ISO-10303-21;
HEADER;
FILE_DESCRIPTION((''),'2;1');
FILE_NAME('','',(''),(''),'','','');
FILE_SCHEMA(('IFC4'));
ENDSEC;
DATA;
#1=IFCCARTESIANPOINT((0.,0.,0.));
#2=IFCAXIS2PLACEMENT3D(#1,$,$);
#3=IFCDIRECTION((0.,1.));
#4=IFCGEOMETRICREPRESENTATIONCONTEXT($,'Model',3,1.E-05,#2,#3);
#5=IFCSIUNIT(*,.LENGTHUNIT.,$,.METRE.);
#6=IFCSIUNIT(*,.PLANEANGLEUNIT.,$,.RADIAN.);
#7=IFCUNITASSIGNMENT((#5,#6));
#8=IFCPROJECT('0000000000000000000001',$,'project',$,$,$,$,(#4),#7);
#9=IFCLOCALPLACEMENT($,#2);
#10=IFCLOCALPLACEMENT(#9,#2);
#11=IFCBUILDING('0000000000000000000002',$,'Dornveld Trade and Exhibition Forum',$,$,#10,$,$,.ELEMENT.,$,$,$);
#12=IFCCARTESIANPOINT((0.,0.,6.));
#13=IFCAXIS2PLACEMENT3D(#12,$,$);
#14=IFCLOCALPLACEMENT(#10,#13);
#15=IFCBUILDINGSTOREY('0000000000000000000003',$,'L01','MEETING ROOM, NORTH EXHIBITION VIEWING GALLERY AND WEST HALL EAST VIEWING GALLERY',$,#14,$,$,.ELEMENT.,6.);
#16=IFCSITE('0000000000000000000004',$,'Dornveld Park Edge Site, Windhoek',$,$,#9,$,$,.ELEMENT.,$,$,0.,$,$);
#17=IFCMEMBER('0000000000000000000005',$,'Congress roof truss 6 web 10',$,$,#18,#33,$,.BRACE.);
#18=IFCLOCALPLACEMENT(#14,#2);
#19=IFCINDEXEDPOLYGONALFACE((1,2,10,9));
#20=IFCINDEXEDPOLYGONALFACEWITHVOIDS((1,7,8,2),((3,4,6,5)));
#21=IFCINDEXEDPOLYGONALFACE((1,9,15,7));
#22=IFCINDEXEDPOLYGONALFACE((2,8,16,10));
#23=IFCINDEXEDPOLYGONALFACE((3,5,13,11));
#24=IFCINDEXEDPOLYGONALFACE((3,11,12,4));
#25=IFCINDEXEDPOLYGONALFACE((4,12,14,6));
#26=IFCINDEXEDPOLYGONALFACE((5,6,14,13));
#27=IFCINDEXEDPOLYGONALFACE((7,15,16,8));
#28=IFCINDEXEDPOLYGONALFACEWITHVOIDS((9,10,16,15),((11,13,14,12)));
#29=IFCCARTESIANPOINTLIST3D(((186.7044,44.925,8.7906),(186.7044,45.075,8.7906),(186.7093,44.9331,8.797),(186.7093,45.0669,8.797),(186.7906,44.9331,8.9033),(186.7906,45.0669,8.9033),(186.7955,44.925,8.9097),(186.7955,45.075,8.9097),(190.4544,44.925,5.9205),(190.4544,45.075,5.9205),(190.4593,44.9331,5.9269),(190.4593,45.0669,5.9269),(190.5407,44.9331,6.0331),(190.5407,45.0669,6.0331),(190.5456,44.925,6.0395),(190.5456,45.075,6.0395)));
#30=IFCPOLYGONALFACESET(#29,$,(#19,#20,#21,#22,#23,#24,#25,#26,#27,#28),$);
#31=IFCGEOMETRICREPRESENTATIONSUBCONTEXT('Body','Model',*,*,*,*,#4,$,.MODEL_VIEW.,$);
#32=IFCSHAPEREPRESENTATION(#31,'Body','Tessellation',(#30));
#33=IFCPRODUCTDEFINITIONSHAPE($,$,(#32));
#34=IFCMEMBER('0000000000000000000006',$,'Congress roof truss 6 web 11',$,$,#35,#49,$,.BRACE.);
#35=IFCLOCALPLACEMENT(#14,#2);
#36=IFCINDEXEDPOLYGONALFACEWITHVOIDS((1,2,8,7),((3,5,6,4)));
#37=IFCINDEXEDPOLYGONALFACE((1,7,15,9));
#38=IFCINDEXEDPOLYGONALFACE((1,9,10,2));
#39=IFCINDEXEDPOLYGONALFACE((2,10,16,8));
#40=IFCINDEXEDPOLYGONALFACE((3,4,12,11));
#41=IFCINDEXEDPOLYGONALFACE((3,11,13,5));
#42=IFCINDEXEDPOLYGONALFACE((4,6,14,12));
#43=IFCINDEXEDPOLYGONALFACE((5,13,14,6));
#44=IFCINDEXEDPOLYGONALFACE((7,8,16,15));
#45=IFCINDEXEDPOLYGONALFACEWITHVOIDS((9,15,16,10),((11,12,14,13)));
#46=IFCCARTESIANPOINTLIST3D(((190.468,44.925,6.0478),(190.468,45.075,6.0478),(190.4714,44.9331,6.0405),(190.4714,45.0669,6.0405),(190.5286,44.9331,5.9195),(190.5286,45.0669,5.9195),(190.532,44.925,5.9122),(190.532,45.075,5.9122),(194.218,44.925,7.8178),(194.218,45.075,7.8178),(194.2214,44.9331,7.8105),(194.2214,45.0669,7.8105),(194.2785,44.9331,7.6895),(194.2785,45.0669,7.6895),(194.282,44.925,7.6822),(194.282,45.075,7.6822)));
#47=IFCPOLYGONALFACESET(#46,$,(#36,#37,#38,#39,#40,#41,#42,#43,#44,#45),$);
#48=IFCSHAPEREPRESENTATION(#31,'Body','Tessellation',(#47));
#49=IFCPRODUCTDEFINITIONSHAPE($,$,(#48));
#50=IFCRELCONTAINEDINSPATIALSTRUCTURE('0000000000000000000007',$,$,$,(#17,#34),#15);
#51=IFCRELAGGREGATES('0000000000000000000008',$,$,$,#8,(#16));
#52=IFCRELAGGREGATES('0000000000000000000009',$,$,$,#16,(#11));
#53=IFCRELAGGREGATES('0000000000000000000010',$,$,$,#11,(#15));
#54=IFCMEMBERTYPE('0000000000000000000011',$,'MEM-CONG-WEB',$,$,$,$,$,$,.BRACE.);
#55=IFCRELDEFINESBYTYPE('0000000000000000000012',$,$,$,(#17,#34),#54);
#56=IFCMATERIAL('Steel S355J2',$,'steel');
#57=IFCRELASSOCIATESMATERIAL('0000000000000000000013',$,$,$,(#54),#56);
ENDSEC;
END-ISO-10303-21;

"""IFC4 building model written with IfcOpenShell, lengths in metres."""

from ifc_helpers import new_model, si_unit, direction, frame, origin, origin_2d, place, context, subcontext, project, spatial, hollow_rectangle, extrude, material, material_profile, profile_set, type_object, element, save


model = new_model("IFC4")

# Units and contexts
model_context = context("Model", 3, precision=1e-05, world=origin(), true_north=direction((0.0, 1.0)))
body_context = subcontext(model_context, "Body", "Model", "MODEL_VIEW")
ifc_project = project(units=[si_unit("LENGTHUNIT", "METRE"), si_unit("PLANEANGLEUNIT", "RADIAN")], contexts=[model_context])

# Site, building, storey
site_placement = place(None, origin())
site = spatial("IfcSite", under=ifc_project, at=site_placement, Name="Dornveld Park Edge Site, Windhoek", CompositionType="ELEMENT", RefElevation=0.0)
building_placement = place(site_placement, origin())
building = spatial("IfcBuilding", under=site, at=building_placement, Name="Dornveld Trade and Exhibition Forum", CompositionType="ELEMENT")
storey_placement = place(building_placement, frame((0.0, 0.0, 6.0)))
storey = spatial("IfcBuildingStorey", under=building, at=storey_placement, Name="L01", Description="MEETING ROOM, NORTH EXHIBITION VIEWING GALLERY AND WEST HALL EAST VIEWING GALLERY", CompositionType="ELEMENT", Elevation=6.0)

# Members
ifc_material_1 = material(Name="Steel S355J2", Category="steel")
ifc_material_profile_1 = material_profile(ifc_material_1, hollow_rectangle(XDim=0.1499, YDim=0.1499, WallThickness=0.0081, at=origin_2d()), Name="SHS 150x150x8")
ifc_profile_set_1 = profile_set([ifc_material_profile_1], Name="Steel S355J2")
member_type_1 = type_object("IfcMemberType", Name="MEM-CONG-WEB", PredefinedType="BRACE", material=ifc_profile_set_1)
for number, where, z_axis, x_axis, name in (
    (1, (190.5, 45.0, 5.98), (-0.794105, 0.0, 0.60778), (0.0, -1.0, 0.0), "Congress roof truss 6 web 10"),
):
    element("IfcMember", number, at=place(storey_placement, frame(where, z_axis=z_axis, x_axis=x_axis)), inside=storey, type_object=member_type_1, Name=name, PredefinedType="BRACE", context=body_context, shape_type="SweptSolid", body=[
        extrude(hollow_rectangle(XDim=0.1499, YDim=0.1499, WallThickness=0.0081, at=origin_2d()), origin(), (0.0, 0.0, 1.0), 4.7224),
    ])
member_1_placement = place(storey_placement, frame((190.5, 45.0, 5.98), z_axis=(0.904324, 0.0, 0.426846), x_axis=(0.0, 1.0, 0.0)))
element("IfcMember", 2, at=member_1_placement, inside=storey, type_object=member_type_1, Name="Congress roof truss 6 web 11", PredefinedType="BRACE", context=body_context, shape_type="SweptSolid", body=[
    extrude(hollow_rectangle(XDim=0.1499, YDim=0.1499, WallThickness=0.0081, at=origin_2d()), origin(), (0.0, 0.0, 1.0), 4.1467),
])

save(model, "model.ifc")
